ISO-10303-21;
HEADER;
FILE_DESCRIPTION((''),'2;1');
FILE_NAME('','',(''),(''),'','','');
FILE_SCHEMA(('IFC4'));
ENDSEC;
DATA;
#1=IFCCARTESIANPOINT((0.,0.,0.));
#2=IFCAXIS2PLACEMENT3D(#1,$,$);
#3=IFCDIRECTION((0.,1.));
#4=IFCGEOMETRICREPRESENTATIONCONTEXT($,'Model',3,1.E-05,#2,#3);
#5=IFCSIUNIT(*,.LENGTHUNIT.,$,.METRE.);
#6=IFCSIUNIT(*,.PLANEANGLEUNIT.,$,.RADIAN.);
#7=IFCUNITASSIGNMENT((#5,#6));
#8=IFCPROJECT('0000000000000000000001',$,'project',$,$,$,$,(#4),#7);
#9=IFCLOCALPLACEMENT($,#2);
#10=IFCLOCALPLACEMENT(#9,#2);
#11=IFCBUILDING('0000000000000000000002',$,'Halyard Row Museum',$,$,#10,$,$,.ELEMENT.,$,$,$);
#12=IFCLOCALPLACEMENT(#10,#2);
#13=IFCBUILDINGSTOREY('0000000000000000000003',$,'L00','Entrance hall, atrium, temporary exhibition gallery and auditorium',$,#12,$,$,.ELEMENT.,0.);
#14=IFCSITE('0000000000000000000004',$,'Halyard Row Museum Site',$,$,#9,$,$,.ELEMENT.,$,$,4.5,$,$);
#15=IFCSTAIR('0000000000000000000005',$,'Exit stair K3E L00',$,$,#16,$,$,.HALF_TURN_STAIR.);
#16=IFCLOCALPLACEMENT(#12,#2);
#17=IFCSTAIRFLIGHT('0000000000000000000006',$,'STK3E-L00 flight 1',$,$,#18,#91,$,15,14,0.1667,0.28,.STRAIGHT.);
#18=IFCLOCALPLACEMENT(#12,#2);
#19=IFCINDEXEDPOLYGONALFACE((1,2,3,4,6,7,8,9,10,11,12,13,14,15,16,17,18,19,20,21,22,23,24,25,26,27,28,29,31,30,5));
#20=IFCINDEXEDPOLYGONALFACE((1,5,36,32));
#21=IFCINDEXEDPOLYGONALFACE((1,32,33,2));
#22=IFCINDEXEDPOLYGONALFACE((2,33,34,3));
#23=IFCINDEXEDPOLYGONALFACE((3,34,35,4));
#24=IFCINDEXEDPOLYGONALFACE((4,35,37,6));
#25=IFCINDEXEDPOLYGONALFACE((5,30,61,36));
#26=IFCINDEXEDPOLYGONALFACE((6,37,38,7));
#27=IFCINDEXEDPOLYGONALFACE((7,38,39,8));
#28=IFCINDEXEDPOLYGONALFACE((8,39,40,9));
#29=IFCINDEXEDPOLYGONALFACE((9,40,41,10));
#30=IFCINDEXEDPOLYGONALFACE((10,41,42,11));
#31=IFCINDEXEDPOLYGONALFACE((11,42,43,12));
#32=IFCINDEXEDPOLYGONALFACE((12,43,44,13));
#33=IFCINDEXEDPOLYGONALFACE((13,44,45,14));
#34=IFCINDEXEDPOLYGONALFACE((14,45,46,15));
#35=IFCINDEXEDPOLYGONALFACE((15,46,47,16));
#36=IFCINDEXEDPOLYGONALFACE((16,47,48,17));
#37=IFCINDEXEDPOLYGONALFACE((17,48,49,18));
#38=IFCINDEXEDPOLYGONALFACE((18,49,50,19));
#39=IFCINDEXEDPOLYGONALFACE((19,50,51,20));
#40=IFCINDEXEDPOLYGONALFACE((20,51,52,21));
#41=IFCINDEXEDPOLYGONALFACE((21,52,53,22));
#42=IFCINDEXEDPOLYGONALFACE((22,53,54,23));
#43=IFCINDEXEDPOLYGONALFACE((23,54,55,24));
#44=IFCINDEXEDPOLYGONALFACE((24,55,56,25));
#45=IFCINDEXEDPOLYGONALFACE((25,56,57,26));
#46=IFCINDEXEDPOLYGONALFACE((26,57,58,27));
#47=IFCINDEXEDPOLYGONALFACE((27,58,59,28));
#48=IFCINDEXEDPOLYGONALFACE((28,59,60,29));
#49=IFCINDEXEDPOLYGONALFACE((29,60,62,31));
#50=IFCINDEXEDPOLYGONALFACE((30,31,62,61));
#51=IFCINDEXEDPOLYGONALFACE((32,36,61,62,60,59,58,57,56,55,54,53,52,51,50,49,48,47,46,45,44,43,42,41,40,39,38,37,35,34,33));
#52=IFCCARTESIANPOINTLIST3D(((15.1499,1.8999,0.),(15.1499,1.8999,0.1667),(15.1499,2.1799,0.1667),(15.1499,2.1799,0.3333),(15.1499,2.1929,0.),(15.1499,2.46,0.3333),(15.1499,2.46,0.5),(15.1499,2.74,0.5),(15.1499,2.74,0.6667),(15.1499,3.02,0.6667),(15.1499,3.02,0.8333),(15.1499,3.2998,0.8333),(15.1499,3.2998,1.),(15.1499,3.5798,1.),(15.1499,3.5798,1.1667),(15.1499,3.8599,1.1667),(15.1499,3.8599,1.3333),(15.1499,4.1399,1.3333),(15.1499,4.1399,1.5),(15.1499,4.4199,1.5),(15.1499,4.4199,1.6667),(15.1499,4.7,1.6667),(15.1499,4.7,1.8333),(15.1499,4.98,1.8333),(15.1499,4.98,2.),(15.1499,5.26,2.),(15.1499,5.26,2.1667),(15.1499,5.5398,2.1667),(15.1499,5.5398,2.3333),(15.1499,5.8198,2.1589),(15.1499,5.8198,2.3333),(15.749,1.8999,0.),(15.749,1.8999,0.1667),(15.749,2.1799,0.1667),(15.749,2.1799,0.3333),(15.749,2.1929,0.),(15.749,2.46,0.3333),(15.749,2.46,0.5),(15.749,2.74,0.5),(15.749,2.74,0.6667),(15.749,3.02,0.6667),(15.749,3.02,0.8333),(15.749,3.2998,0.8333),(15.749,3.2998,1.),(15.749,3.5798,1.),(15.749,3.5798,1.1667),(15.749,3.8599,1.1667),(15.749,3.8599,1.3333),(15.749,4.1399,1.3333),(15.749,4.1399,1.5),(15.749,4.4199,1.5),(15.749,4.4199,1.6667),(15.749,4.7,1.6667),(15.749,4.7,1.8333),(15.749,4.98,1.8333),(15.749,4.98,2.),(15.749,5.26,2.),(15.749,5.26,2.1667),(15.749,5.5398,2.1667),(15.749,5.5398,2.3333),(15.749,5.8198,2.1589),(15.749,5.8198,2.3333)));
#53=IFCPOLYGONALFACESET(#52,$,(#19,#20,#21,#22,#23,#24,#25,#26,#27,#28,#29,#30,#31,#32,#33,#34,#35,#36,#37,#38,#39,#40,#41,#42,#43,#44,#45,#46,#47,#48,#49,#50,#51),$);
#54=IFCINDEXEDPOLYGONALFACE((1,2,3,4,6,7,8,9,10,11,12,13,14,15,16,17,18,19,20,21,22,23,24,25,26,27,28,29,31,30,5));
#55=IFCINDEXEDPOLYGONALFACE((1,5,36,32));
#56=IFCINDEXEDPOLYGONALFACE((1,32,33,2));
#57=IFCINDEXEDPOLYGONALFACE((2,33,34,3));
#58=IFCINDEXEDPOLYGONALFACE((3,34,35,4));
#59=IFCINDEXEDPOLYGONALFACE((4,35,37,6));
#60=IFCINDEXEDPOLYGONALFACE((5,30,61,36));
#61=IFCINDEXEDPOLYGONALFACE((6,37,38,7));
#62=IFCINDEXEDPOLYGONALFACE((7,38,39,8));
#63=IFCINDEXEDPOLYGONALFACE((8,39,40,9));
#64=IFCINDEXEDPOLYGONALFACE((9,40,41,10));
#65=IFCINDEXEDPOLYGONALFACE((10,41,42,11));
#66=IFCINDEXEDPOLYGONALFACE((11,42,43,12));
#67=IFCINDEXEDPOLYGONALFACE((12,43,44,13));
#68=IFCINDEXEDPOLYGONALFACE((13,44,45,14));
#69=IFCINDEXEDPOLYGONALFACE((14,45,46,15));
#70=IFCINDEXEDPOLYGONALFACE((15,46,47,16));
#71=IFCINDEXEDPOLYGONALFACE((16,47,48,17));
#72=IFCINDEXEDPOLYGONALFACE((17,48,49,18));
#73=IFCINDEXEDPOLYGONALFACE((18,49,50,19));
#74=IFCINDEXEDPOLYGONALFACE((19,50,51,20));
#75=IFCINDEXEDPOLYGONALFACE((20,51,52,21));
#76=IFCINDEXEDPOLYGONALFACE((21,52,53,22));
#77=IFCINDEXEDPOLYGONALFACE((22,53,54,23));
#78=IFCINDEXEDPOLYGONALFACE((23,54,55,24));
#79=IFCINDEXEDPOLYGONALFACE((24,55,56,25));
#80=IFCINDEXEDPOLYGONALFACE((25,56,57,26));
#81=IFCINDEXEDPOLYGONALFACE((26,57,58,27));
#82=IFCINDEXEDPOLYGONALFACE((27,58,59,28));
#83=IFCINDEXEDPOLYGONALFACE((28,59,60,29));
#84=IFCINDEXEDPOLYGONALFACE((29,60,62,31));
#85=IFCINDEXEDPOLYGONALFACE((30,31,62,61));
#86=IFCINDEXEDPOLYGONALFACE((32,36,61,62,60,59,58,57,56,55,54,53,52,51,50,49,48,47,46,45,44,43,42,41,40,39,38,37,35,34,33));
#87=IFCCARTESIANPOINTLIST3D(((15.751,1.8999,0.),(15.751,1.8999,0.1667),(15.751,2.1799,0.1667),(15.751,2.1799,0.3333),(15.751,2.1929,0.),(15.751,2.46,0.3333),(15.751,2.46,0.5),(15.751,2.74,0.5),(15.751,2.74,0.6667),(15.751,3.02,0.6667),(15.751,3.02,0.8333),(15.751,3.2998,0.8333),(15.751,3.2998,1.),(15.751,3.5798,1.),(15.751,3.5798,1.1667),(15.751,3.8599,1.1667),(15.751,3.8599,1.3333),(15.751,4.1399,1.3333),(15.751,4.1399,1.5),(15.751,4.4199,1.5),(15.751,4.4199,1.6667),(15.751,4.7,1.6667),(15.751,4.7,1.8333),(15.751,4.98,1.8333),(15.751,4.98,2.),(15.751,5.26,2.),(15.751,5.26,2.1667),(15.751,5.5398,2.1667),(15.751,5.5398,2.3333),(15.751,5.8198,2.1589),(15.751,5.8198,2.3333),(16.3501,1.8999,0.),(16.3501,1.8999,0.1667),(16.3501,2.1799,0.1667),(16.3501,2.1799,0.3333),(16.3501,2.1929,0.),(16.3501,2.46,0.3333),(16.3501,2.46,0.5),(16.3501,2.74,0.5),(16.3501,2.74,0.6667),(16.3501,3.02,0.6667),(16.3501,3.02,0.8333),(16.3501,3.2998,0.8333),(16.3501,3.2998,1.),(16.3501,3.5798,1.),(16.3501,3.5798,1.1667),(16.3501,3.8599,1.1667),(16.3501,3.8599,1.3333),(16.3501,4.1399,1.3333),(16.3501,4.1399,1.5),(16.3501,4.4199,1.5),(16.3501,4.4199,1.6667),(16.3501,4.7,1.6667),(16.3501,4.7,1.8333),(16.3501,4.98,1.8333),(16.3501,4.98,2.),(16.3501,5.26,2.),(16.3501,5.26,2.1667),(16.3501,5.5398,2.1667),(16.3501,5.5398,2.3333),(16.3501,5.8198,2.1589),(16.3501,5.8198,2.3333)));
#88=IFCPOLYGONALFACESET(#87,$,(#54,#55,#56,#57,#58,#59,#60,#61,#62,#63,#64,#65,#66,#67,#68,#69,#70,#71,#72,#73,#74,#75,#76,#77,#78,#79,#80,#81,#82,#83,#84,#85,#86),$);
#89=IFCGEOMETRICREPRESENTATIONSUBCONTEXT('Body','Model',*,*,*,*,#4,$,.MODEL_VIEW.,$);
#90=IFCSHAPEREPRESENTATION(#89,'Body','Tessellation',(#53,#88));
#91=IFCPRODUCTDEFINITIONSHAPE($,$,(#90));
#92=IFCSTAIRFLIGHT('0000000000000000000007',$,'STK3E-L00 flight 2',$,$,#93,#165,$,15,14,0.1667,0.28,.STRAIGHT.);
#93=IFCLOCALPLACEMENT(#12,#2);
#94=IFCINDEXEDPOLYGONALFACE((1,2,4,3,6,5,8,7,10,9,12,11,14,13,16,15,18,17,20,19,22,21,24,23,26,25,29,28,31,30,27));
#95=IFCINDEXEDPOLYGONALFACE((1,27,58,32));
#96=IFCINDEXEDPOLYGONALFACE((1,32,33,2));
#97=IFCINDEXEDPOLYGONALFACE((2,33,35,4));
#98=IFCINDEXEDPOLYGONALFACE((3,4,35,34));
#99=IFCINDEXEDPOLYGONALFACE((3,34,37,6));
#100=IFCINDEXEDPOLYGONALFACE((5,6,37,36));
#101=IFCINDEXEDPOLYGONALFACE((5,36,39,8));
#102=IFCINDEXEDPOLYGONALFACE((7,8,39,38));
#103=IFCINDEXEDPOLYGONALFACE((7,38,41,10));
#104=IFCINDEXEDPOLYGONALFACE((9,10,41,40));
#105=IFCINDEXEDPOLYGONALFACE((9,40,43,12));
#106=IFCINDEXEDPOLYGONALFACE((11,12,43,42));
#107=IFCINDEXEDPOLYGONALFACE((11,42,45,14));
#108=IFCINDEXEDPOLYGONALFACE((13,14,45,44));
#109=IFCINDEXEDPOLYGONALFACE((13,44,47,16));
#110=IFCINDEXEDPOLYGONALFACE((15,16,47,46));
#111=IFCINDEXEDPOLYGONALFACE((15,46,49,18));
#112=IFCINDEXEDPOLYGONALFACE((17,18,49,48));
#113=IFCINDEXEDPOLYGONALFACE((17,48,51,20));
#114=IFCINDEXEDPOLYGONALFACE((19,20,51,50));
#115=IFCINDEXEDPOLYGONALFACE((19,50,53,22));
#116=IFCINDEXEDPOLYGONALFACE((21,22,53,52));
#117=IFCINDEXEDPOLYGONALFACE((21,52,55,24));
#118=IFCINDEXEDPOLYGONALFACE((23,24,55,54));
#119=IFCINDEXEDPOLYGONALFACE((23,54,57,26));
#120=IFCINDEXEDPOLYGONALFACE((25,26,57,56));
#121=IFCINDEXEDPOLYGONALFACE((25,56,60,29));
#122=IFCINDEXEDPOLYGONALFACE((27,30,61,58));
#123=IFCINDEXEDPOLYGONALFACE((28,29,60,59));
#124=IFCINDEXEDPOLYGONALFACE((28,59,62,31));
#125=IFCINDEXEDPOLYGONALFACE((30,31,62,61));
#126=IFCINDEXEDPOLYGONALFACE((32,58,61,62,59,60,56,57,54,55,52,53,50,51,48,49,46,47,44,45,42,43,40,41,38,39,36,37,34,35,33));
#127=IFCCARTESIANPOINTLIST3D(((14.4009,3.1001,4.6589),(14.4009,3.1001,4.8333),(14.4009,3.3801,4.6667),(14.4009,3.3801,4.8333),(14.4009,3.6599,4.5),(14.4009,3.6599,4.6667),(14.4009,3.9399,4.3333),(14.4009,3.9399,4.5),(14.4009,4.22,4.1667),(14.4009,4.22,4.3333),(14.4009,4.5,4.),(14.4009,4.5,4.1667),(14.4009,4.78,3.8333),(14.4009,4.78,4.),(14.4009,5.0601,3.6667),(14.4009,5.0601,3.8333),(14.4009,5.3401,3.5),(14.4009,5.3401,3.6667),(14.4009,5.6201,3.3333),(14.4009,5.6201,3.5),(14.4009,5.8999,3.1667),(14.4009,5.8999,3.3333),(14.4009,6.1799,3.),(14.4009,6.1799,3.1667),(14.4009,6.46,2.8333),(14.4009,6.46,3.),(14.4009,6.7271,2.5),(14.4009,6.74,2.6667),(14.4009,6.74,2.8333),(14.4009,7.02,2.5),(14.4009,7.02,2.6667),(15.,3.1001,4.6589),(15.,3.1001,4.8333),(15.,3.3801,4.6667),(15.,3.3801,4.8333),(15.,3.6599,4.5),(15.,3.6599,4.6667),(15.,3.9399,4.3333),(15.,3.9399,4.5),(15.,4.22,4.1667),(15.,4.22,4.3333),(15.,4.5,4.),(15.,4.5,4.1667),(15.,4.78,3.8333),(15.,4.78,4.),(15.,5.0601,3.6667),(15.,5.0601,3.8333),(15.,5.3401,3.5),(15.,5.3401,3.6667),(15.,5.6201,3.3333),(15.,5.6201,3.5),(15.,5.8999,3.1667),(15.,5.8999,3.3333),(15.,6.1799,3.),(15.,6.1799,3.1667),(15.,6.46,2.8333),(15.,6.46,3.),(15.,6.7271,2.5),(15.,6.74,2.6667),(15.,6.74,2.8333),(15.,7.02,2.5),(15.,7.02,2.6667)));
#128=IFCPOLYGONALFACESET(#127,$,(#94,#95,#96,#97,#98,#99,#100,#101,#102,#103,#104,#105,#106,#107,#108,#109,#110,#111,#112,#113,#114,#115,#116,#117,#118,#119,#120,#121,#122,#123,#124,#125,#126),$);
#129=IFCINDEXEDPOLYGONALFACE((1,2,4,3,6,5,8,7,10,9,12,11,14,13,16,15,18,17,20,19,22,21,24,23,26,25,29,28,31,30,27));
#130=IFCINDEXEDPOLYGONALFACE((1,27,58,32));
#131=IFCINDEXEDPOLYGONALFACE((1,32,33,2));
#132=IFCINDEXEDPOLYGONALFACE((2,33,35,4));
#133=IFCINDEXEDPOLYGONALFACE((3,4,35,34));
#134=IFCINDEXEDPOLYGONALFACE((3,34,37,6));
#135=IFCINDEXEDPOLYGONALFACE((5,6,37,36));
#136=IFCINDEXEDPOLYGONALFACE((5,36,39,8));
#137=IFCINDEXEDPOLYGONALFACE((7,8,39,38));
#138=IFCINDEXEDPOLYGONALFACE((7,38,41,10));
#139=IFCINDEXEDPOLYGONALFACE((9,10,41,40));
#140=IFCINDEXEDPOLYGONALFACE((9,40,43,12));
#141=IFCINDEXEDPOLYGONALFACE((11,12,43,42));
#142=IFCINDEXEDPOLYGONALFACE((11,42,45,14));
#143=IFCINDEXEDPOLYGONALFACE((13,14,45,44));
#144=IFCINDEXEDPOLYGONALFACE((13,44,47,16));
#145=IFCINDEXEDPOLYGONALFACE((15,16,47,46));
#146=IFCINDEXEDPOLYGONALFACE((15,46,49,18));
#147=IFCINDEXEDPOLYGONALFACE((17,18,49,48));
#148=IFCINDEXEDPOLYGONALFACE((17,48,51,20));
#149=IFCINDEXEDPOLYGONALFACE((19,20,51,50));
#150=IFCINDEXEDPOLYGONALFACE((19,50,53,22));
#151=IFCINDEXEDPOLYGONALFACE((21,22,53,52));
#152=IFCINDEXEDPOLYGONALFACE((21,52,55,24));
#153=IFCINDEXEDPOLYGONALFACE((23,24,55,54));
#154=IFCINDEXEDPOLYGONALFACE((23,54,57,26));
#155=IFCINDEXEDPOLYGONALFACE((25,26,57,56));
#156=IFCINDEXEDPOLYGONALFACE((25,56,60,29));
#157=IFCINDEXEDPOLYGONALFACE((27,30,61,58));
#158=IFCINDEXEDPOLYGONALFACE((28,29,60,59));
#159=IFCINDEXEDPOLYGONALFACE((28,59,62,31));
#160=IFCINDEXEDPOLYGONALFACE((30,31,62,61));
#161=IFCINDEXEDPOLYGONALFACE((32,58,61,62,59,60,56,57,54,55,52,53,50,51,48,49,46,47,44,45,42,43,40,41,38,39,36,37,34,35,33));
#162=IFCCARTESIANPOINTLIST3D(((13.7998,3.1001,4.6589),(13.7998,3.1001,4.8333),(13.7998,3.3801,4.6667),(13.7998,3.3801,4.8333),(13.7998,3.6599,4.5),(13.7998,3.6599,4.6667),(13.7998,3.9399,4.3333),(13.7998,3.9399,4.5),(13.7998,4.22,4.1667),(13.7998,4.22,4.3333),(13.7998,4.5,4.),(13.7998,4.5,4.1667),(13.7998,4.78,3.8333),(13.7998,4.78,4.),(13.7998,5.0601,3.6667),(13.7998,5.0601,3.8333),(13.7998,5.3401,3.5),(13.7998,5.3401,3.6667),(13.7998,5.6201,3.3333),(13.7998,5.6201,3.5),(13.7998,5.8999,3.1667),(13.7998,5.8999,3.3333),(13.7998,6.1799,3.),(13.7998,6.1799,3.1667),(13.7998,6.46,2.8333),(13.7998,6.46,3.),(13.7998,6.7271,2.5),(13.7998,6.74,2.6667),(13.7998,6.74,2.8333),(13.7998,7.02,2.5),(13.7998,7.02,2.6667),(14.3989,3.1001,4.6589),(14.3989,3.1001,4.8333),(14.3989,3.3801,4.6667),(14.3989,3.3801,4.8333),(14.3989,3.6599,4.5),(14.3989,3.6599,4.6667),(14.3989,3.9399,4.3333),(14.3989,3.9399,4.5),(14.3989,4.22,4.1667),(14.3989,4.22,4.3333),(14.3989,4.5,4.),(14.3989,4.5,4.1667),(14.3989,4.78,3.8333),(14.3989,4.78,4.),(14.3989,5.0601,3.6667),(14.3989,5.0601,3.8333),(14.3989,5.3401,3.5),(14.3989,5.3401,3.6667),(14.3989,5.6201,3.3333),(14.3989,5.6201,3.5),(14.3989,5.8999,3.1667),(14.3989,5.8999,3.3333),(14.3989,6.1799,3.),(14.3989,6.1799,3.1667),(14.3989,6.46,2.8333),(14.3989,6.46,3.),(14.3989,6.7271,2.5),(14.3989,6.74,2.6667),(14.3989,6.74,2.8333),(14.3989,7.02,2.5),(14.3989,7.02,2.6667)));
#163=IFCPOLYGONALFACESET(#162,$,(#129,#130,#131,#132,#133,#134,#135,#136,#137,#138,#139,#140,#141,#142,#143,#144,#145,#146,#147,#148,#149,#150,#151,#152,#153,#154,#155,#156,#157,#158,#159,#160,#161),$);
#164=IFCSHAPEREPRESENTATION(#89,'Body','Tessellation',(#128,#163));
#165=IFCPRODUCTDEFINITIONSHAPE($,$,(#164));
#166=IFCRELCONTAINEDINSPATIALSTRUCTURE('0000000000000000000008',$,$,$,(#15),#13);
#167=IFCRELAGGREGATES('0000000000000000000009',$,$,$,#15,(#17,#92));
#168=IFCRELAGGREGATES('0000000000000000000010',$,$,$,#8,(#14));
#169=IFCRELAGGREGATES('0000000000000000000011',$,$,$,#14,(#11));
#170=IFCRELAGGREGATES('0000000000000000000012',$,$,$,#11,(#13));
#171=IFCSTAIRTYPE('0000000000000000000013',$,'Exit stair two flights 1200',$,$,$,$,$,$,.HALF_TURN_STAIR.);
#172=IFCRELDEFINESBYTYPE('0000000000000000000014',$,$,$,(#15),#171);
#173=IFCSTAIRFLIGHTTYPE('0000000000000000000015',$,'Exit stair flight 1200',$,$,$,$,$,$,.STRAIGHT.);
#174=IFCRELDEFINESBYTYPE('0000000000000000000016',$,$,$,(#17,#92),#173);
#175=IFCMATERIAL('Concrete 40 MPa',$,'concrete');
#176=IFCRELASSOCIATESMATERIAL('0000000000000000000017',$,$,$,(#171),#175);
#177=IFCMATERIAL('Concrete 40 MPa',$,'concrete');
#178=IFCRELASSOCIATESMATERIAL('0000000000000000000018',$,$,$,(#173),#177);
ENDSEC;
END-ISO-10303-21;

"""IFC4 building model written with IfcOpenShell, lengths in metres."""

from ifc_helpers import new_model, si_unit, direction, frame, origin, place, context, subcontext, project, spatial, polyline, outline, extrude, material, type_object, element, aggregate, save


model = new_model("IFC4")

# Units and contexts
model_context = context("Model", 3, precision=1e-05, world=origin(), true_north=direction((0.0, 1.0)))
body_context = subcontext(model_context, "Body", "Model", "MODEL_VIEW")
ifc_project = project(units=[si_unit("LENGTHUNIT", "METRE"), si_unit("PLANEANGLEUNIT", "RADIAN")], contexts=[model_context])

# Site, building, storey
site_placement = place(None, origin())
site = spatial("IfcSite", under=ifc_project, at=site_placement, Name="Halyard Row Museum Site", CompositionType="ELEMENT", RefElevation=4.5)
building_placement = place(site_placement, origin())
building = spatial("IfcBuilding", under=site, at=building_placement, Name="Halyard Row Museum", CompositionType="ELEMENT")
storey_placement = place(building_placement, origin())
storey = spatial("IfcBuildingStorey", under=building, at=storey_placement, Name="L00", Description="Entrance hall, atrium, temporary exhibition gallery and auditorium", CompositionType="ELEMENT", Elevation=0.0)

# Stair, stair flights
ifc_material_1 = material(Name="Concrete 40 MPa", Category="concrete")
stair_type = type_object("IfcStairType", Name="Exit stair two flights 1200", PredefinedType="HALF_TURN_STAIR", material=ifc_material_1)
stair_placement = place(storey_placement, origin())
stair = element("IfcStair", 1, at=stair_placement, inside=storey, type_object=stair_type, Name="Exit stair K3E L00", PredefinedType="HALF_TURN_STAIR")
ifc_material_2 = material(Name="Concrete 40 MPa", Category="concrete")
stair_flight_type = type_object("IfcStairFlightType", Name="Exit stair flight 1200", PredefinedType="STRAIGHT", material=ifc_material_2)
stair_flight_1_placement = place(storey_placement, frame((15.75, 1.8999, 0.0), z_axis=(0.0, 0.0, 1.0), x_axis=(0.0, 1.0, 0.0)))
stair_flight_1 = element("IfcStairFlight", 2, at=stair_flight_1_placement, type_object=stair_flight_type, Name="STK3E-L00 flight 1", NumberOfRisers=15, NumberOfTreads=14, PredefinedType="STRAIGHT", RiserHeight=0.1667, TreadLength=0.28, context=body_context, shape_type="SweptSolid", body=[
    extrude(outline(polyline([(0.0, 0.0), (0.0, 0.1667), (0.28, 0.1667), (0.28, 0.3333), (0.5601, 0.3333), (0.5601, 0.5), (0.8401, 0.5), (0.8401, 0.6667), (1.1201, 0.6667), (1.1201, 0.8333), (1.3999, 0.8333), (1.3999, 1.0), (1.6799, 1.0), (1.6799, 1.1667), (1.96, 1.1667), (1.96, 1.3333), (2.24, 1.3333), (2.24, 1.5), (2.52, 1.5), (2.52, 1.6667), (2.8, 1.6667), (2.8, 1.8333), (3.0801, 1.8333), (3.0801, 2.0), (3.3601, 2.0), (3.3601, 2.1667), (3.6399, 2.1667), (3.6399, 2.3333), (3.9199, 2.3333), (3.9199, 2.5), (3.9199, 2.1589), (0.293, 0.0), (0.0, 0.0)])), frame((0.0, 0.6001, 0.0), z_axis=(0.0, -1.0, 0.0), x_axis=(1.0, 0.0, 0.0)), (0.0, 0.0, 1.0), 0.5991),
    extrude(outline(polyline([(0.0, 0.0), (0.0, 0.1667), (0.28, 0.1667), (0.28, 0.3333), (0.5601, 0.3333), (0.5601, 0.5), (0.8401, 0.5), (0.8401, 0.6667), (1.1201, 0.6667), (1.1201, 0.8333), (1.3999, 0.8333), (1.3999, 1.0), (1.6799, 1.0), (1.6799, 1.1667), (1.96, 1.1667), (1.96, 1.3333), (2.24, 1.3333), (2.24, 1.5), (2.52, 1.5), (2.52, 1.6667), (2.8, 1.6667), (2.8, 1.8333), (3.0801, 1.8333), (3.0801, 2.0), (3.3601, 2.0), (3.3601, 2.1667), (3.6399, 2.1667), (3.6399, 2.3333), (3.9199, 2.3333), (3.9199, 2.5), (3.9199, 2.1589), (0.293, 0.0), (0.0, 0.0)])), frame((0.0, -0.001, 0.0), z_axis=(0.0, -1.0, 0.0), x_axis=(1.0, 0.0, 0.0)), (0.0, 0.0, 1.0), 0.5991),
])
stair_flight_2_placement = place(storey_placement, frame((14.3999, 7.02, 2.5), z_axis=(0.0, 0.0, 1.0), x_axis=(0.0, -1.0, 0.0)))
stair_flight_2 = element("IfcStairFlight", 3, at=stair_flight_2_placement, type_object=stair_flight_type, Name="STK3E-L00 flight 2", NumberOfRisers=15, NumberOfTreads=14, PredefinedType="STRAIGHT", RiserHeight=0.1667, TreadLength=0.28, context=body_context, shape_type="SweptSolid", body=[
    extrude(outline(polyline([(0.0, 0.0), (0.0, 0.1667), (0.28, 0.1667), (0.28, 0.3333), (0.5601, 0.3333), (0.5601, 0.5), (0.8401, 0.5), (0.8401, 0.6667), (1.1201, 0.6667), (1.1201, 0.8333), (1.3999, 0.8333), (1.3999, 1.0), (1.6799, 1.0), (1.6799, 1.1667), (1.96, 1.1667), (1.96, 1.3333), (2.24, 1.3333), (2.24, 1.5), (2.52, 1.5), (2.52, 1.6667), (2.8, 1.6667), (2.8, 1.8333), (3.0801, 1.8333), (3.0801, 2.0), (3.3601, 2.0), (3.3601, 2.1667), (3.6399, 2.1667), (3.6399, 2.3333), (3.9199, 2.3333), (3.9199, 2.5), (3.9199, 2.1589), (0.293, 0.0), (0.0, 0.0)])), frame((0.0, 0.6001, 0.0), z_axis=(0.0, -1.0, 0.0), x_axis=(1.0, 0.0, 0.0)), (0.0, 0.0, 1.0), 0.5991),
    extrude(outline(polyline([(0.0, 0.0), (0.0, 0.1667), (0.28, 0.1667), (0.28, 0.3333), (0.5601, 0.3333), (0.5601, 0.5), (0.8401, 0.5), (0.8401, 0.6667), (1.1201, 0.6667), (1.1201, 0.8333), (1.3999, 0.8333), (1.3999, 1.0), (1.6799, 1.0), (1.6799, 1.1667), (1.96, 1.1667), (1.96, 1.3333), (2.24, 1.3333), (2.24, 1.5), (2.52, 1.5), (2.52, 1.6667), (2.8, 1.6667), (2.8, 1.8333), (3.0801, 1.8333), (3.0801, 2.0), (3.3601, 2.0), (3.3601, 2.1667), (3.6399, 2.1667), (3.6399, 2.3333), (3.9199, 2.3333), (3.9199, 2.5), (3.9199, 2.1589), (0.293, 0.0), (0.0, 0.0)])), frame((0.0, -0.001, 0.0), z_axis=(0.0, -1.0, 0.0), x_axis=(1.0, 0.0, 0.0)), (0.0, 0.0, 1.0), 0.5991),
])
aggregate(stair, [stair_flight_1, stair_flight_2])

save(model, "model.ifc")
